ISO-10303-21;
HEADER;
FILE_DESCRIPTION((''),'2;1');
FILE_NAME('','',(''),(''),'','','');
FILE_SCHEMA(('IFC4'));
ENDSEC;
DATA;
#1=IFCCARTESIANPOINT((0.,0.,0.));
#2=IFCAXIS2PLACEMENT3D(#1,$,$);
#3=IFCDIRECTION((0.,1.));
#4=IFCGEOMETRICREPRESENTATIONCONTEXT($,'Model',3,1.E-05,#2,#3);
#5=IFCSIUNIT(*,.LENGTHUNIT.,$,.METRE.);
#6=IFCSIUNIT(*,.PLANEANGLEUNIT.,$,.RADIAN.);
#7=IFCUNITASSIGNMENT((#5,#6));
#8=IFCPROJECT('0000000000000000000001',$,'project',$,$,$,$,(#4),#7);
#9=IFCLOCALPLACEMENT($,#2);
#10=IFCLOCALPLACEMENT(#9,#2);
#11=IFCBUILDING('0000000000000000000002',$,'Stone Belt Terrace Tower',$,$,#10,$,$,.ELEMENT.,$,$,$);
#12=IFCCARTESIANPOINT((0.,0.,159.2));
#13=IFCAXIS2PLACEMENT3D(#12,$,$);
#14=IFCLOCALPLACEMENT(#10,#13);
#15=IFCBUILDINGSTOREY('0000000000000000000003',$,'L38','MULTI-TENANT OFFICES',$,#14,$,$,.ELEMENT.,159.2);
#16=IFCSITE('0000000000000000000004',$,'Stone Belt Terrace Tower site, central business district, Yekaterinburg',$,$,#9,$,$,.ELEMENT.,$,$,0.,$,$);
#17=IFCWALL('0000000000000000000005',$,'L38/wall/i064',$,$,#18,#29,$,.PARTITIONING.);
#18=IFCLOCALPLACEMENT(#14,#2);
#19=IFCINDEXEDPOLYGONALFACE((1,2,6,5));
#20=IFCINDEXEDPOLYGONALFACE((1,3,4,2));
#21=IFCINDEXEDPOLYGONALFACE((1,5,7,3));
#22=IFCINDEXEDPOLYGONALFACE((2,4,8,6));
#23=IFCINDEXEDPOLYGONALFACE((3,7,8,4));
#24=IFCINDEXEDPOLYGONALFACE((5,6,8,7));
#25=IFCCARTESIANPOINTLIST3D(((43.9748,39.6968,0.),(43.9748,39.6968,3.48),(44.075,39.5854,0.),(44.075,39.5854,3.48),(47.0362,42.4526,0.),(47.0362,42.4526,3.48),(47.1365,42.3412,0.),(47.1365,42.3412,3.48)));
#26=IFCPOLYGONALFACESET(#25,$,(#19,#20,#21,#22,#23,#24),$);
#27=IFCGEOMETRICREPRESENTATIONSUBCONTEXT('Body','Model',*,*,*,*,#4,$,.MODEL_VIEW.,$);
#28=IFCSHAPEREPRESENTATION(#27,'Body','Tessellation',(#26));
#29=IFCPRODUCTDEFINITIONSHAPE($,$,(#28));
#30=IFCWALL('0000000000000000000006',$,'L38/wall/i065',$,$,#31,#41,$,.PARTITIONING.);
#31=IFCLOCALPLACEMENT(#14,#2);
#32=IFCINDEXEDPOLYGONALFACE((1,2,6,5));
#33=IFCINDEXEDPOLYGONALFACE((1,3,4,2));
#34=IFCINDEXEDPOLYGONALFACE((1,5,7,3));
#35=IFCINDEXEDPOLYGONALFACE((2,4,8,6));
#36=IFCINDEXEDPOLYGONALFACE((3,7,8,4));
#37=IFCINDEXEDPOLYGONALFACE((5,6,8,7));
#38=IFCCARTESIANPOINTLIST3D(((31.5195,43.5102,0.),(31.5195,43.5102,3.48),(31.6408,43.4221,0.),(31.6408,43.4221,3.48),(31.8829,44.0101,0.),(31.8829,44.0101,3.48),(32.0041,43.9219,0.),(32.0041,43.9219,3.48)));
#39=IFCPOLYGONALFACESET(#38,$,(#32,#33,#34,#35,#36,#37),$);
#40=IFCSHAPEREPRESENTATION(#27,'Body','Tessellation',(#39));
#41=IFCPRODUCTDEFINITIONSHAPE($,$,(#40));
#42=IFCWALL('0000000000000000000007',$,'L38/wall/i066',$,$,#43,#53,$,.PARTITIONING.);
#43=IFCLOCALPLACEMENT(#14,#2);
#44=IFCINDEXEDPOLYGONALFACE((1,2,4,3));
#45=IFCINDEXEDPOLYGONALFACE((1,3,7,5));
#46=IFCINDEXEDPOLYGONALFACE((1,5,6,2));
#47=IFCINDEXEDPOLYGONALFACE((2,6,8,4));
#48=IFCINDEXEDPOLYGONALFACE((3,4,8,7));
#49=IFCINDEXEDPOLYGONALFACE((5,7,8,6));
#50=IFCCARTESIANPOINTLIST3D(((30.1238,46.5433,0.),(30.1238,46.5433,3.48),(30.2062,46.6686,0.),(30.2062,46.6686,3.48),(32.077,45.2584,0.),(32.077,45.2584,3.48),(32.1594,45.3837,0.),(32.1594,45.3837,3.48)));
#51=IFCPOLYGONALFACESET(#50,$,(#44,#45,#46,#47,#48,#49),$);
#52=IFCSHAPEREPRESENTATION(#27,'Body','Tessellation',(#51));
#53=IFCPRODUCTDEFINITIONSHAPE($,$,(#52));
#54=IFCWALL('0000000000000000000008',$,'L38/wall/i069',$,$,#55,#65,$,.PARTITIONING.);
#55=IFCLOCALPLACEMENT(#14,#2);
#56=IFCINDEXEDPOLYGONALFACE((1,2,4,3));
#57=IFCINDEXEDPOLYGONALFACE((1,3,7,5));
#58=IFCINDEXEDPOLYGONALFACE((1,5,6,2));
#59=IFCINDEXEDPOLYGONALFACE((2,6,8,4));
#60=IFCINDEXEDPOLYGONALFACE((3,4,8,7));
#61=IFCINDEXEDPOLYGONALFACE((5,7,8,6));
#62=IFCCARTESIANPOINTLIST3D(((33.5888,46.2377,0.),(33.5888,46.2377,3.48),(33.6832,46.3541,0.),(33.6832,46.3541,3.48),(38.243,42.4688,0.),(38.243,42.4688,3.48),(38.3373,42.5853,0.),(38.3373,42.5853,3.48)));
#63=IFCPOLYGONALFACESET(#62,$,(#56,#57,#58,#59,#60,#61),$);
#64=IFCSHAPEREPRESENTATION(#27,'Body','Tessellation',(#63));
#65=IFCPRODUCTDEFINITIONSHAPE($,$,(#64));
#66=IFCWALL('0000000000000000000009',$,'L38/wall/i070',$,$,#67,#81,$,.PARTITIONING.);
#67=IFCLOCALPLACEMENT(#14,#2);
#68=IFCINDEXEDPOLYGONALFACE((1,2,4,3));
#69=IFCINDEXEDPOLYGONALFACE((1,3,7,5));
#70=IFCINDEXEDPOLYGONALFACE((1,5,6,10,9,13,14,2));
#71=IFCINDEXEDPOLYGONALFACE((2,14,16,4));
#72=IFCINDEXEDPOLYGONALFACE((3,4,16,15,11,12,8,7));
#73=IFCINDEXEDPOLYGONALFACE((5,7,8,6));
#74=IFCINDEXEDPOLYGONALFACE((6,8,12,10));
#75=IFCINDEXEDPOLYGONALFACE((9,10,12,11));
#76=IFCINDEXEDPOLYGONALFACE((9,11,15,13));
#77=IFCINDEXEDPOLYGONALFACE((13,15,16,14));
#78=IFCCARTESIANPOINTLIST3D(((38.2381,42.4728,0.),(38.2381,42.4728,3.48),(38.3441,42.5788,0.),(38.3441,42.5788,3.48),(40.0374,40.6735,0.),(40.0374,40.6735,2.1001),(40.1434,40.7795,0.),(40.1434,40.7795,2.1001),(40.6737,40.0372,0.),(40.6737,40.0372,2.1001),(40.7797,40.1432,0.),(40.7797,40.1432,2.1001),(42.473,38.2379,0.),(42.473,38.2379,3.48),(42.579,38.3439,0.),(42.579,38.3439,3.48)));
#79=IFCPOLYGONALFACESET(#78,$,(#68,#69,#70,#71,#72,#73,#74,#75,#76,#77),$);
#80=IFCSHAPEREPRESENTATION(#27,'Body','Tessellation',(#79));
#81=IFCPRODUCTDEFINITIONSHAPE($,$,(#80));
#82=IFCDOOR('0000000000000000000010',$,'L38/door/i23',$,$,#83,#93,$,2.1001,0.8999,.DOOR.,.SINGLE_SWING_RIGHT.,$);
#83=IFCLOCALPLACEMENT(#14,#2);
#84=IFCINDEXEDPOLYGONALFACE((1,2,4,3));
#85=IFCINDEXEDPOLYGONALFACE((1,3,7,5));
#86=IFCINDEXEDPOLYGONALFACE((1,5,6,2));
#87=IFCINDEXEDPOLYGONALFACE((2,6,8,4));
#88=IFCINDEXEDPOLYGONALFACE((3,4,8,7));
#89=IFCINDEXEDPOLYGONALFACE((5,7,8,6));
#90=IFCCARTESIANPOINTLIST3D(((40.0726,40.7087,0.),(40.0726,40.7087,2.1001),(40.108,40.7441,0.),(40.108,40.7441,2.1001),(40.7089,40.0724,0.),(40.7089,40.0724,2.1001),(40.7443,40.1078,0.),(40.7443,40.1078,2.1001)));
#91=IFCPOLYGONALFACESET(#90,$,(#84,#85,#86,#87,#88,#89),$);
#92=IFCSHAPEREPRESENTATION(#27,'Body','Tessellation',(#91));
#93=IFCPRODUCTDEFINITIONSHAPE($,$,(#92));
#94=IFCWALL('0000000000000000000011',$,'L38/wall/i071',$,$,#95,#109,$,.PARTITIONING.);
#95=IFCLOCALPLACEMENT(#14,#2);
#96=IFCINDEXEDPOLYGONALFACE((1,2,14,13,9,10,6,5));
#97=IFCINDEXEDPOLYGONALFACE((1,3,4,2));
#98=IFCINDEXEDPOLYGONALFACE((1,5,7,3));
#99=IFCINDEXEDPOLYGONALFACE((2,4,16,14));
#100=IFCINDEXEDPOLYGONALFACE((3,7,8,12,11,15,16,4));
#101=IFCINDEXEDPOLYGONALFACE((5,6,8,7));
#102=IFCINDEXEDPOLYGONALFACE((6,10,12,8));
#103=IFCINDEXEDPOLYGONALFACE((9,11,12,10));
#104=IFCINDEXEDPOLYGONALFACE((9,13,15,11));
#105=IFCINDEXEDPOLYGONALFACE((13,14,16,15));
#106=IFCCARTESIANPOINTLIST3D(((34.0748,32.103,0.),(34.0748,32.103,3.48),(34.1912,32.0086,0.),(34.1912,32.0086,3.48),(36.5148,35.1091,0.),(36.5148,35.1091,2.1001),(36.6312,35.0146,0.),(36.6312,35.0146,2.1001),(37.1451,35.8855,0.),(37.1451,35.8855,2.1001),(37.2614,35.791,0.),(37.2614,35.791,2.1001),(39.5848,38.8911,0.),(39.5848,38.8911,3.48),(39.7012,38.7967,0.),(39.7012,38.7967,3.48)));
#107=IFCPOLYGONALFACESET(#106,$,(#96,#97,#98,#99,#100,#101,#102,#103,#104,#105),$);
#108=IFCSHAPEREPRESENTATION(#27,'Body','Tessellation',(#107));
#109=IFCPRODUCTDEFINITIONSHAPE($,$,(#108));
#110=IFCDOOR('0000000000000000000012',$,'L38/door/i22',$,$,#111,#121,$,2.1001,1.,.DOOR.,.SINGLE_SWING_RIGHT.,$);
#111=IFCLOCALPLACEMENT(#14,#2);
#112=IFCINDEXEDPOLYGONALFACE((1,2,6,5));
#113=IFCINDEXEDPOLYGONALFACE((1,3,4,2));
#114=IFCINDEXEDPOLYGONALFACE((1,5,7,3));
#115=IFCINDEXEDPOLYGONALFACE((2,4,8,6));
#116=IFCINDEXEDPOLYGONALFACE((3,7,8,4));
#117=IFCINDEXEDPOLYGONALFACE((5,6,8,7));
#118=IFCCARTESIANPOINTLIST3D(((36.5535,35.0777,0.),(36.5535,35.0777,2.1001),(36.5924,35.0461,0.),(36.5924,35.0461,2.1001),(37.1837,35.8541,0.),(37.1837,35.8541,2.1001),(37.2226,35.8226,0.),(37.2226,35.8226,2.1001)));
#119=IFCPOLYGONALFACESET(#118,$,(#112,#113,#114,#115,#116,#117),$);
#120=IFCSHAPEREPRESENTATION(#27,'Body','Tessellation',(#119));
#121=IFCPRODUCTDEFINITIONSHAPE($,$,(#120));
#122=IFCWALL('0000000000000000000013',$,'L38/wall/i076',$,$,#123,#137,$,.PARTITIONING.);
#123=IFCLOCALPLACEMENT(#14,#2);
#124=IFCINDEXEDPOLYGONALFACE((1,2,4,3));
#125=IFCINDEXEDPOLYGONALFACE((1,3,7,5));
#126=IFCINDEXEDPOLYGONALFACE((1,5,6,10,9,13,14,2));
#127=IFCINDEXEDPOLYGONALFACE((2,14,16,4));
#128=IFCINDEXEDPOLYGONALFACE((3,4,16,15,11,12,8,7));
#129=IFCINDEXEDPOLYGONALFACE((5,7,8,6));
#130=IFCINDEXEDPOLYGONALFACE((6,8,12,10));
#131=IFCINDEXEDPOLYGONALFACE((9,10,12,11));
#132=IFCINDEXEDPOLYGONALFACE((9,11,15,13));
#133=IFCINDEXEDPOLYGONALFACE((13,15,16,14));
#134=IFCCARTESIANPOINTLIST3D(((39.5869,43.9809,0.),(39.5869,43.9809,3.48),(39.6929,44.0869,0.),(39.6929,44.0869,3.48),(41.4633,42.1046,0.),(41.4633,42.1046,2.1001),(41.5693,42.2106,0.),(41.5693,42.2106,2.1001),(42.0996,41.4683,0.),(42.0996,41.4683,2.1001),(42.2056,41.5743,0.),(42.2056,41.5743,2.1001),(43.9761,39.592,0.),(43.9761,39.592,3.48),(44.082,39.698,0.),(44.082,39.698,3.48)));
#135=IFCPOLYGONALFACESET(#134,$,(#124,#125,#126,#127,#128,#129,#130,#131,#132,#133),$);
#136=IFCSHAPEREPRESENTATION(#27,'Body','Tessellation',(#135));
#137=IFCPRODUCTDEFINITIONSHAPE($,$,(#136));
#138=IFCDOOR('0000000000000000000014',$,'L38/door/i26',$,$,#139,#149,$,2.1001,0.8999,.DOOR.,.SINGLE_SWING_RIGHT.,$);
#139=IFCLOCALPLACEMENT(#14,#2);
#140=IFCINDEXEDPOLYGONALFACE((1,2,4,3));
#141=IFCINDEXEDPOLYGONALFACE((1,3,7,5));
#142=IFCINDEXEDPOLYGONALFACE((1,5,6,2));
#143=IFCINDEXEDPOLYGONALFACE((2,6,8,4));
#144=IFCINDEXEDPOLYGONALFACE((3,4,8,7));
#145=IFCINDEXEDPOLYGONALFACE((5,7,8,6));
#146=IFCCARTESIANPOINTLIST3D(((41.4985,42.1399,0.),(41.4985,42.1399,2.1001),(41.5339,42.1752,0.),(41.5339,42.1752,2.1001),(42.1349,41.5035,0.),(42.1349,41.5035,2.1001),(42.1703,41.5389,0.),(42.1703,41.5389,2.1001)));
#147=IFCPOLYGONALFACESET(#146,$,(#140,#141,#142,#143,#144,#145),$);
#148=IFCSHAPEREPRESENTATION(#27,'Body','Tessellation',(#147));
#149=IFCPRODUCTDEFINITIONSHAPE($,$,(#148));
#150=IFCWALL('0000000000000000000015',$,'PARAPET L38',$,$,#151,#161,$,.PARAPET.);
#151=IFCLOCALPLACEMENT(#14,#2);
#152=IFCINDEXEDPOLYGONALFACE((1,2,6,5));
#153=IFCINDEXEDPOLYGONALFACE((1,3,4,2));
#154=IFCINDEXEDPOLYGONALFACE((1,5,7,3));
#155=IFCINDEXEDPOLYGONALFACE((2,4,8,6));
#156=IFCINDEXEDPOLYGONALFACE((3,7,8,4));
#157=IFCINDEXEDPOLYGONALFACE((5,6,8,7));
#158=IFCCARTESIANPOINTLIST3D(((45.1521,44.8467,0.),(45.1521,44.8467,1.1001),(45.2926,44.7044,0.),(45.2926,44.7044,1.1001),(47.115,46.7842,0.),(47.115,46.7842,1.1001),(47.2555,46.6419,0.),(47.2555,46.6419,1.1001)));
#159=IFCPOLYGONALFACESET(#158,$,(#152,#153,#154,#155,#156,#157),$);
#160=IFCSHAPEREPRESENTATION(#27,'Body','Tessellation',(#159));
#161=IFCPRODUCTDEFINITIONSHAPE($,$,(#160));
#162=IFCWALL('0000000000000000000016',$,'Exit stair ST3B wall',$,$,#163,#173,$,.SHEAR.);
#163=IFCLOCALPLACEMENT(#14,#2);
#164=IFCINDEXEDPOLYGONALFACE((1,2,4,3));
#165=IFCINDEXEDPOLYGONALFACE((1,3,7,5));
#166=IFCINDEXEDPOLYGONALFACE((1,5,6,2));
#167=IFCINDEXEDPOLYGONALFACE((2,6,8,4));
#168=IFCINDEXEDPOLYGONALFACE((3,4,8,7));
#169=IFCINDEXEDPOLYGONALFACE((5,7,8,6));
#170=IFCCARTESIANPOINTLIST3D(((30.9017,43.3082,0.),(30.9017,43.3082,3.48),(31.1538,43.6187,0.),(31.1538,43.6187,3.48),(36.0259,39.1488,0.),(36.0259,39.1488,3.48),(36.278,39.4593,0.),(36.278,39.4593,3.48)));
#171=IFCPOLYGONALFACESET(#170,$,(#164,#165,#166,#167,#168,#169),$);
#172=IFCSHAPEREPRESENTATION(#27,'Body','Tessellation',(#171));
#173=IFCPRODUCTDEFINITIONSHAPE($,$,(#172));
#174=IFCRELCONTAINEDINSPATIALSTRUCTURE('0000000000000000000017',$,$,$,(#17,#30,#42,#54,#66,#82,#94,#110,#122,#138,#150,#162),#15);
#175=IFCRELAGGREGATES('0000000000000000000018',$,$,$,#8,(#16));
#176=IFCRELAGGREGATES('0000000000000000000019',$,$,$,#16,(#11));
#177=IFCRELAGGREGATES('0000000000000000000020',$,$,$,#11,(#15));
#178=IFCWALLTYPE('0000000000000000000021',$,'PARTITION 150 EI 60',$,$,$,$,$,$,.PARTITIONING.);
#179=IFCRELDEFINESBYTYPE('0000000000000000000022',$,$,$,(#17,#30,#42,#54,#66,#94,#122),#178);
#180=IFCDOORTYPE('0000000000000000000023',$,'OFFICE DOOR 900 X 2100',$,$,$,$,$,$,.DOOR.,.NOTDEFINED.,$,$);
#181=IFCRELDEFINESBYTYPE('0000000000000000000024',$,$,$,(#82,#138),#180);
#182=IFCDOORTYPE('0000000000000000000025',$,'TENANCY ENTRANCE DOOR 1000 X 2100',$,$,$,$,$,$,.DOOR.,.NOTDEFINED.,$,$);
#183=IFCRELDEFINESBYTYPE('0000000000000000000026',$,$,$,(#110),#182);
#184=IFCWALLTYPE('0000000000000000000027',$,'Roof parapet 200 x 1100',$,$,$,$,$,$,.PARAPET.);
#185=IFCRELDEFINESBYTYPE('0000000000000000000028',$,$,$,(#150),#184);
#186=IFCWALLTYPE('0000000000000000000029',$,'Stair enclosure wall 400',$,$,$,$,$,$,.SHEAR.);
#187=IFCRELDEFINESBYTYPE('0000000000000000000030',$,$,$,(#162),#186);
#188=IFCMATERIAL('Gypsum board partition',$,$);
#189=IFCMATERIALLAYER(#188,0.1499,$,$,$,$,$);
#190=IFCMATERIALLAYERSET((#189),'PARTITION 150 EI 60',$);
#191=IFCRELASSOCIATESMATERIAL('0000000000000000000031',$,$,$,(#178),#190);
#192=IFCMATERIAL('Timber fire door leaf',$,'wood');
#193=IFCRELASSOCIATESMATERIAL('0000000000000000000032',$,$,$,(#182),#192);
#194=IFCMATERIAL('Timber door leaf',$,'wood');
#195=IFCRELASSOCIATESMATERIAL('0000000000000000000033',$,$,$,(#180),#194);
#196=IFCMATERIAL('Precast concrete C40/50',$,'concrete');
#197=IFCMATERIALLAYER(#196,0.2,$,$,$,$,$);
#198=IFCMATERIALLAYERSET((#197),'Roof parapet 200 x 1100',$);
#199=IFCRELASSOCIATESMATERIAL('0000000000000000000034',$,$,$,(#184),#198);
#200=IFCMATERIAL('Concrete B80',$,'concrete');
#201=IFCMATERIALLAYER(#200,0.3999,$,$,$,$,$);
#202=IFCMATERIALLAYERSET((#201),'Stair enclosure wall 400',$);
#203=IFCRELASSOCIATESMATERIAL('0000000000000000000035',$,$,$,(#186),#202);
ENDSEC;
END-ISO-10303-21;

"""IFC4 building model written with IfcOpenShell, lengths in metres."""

from ifc_helpers import new_model, si_unit, direction, frame, frame_2d, origin, place, context, subcontext, project, spatial, rectangle, extrude, material, layer, layer_set, type_object, element, fill, save


model = new_model("IFC4")

# Units and contexts
model_context = context("Model", 3, precision=1e-05, world=origin(), true_north=direction((0.0, 1.0)))
body_context = subcontext(model_context, "Body", "Model", "MODEL_VIEW")
ifc_project = project(units=[si_unit("LENGTHUNIT", "METRE"), si_unit("PLANEANGLEUNIT", "RADIAN")], contexts=[model_context])

# Site, building, storey
site_placement = place(None, origin())
site = spatial("IfcSite", under=ifc_project, at=site_placement, Name="Stone Belt Terrace Tower site, central business district, Yekaterinburg", CompositionType="ELEMENT", RefElevation=0.0)
building_placement = place(site_placement, origin())
building = spatial("IfcBuilding", under=site, at=building_placement, Name="Stone Belt Terrace Tower", CompositionType="ELEMENT")
storey_placement = place(building_placement, frame((0.0, 0.0, 159.2)))
storey = spatial("IfcBuildingStorey", under=building, at=storey_placement, Name="L38", Description="MULTI-TENANT OFFICES", CompositionType="ELEMENT", Elevation=159.2)

# Shared definitions
ifc_material_1 = material(Name="Concrete B80", Category="concrete")

# Shared definitions
ifc_material_2 = material(Name="Gypsum board partition")
ifc_layer_1 = layer(ifc_material_2, 0.1499)
ifc_layer_set_1 = layer_set([ifc_layer_1], Name="PARTITION 150 EI 60")
wall_type_1 = type_object("IfcWallType", Name="PARTITION 150 EI 60", PredefinedType="PARTITIONING", material=ifc_layer_set_1)
ifc_material_3 = material(Name="Timber fire door leaf", Category="wood")
door_type_1 = type_object("IfcDoorType", Name="TENANCY ENTRANCE DOOR 1000 X 2100", OperationType="NOTDEFINED", PredefinedType="DOOR", material=ifc_material_3)

# Walls
wall_1_placement = place(storey_placement, frame((44.0249, 39.6411, 0.0), z_axis=(0.0, 0.0, 1.0), x_axis=(0.743235, 0.66903, 0.0)))
element("IfcWall", 1, at=wall_1_placement, inside=storey, type_object=wall_type_1, Name="L38/wall/i064", PredefinedType="PARTITIONING", context=body_context, shape_type="SweptSolid", body=[
    extrude(rectangle(XDim=4.1191, YDim=0.1499, at=frame_2d((2.0596, 0.0))), origin(), (0.0, 0.0, 1.0), 3.48),
])
wall_2_placement = place(storey_placement, frame((31.5801, 43.4661, 0.0), z_axis=(0.0, 0.0, 1.0), x_axis=(0.587984, 0.808873, 0.0)))
element("IfcWall", 2, at=wall_2_placement, inside=storey, type_object=wall_type_1, Name="L38/wall/i065", PredefinedType="PARTITIONING", context=body_context, shape_type="SweptSolid", body=[
    extrude(rectangle(XDim=0.6179, YDim=0.1499, at=frame_2d((0.3091, 0.0))), origin(), (0.0, 0.0, 1.0), 3.48),
])
wall_3_placement = place(storey_placement, frame((32.1182, 45.321, 0.0), z_axis=(0.0, 0.0, 1.0), x_axis=(-0.835425, 0.549605, 0.0)))
element("IfcWall", 3, at=wall_3_placement, inside=storey, type_object=wall_type_1, Name="L38/wall/i066", PredefinedType="PARTITIONING", context=body_context, shape_type="SweptSolid", body=[
    extrude(rectangle(XDim=2.3379, YDim=0.1499, at=frame_2d((1.1689, 0.0))), origin(), (0.0, 0.0, 1.0), 3.48),
])
wall_4_placement = place(storey_placement, frame((33.636, 46.2959, 0.0), z_axis=(0.0, 0.0, 1.0), x_axis=(0.777144, -0.629323, 0.0)))
element("IfcWall", 4, at=wall_4_placement, inside=storey, type_object=wall_type_1, Name="L38/wall/i069", PredefinedType="PARTITIONING", context=body_context, shape_type="SweptSolid", body=[
    extrude(rectangle(XDim=5.9888, YDim=0.1499, at=frame_2d((2.9944, 0.0))), origin(), (0.0, 0.0, 1.0), 3.48),
])

# Walls, openings, doors
wall_5_placement = place(storey_placement, frame((38.291, 42.5259, 0.0), z_axis=(0.0, 0.0, 1.0), x_axis=(0.707107, -0.707107, 0.0)))
wall_5 = element("IfcWall", 5, at=wall_5_placement, inside=storey, type_object=wall_type_1, Name="L38/wall/i070", PredefinedType="PARTITIONING", context=body_context, shape_type="SweptSolid", body=[
    extrude(rectangle(XDim=5.989, YDim=0.1499, at=frame_2d((2.9946, 0.0))), origin(), (0.0, 0.0, 1.0), 3.48),
])
opening_1_placement = place(wall_5_placement, frame((2.5447, 0.0, 0.0)))
opening_1 = element("IfcOpeningElement", 6, at=opening_1_placement, cuts=wall_5, PredefinedType="OPENING", context=body_context, shape_type="SweptSolid", body=[
    extrude(rectangle(XDim=0.8999, YDim=2.1001, at=frame_2d((0.45, 1.05))), frame((0.0, 0.085, 0.0), z_axis=(0.0, -1.0, 0.0), x_axis=(1.0, 0.0, 0.0)), (0.0, 0.0, 1.0), 0.1699),
])
ifc_material_4 = material(Name="Timber door leaf", Category="wood")
door_type_2 = type_object("IfcDoorType", Name="OFFICE DOOR 900 X 2100", OperationType="NOTDEFINED", PredefinedType="DOOR", material=ifc_material_4)
door_1_placement = place(opening_1_placement, origin())
door_1 = element("IfcDoor", 7, at=door_1_placement, inside=storey, type_object=door_type_2, Name="L38/door/i23", OperationType="SINGLE_SWING_RIGHT", OverallHeight=2.1001, OverallWidth=0.8999, PredefinedType="DOOR", context=body_context, shape_type="SweptSolid", body=[
    extrude(rectangle(XDim=0.8999, YDim=2.1001, at=frame_2d((0.45, 1.05))), frame((0.0, 0.0249, 0.0), z_axis=(0.0, -1.0, 0.0), x_axis=(1.0, 0.0, 0.0)), (0.0, 0.0, 1.0), 0.05),
])
fill(opening_1, door_1)
wall_6_placement = place(storey_placement, frame((39.6431, 38.844, 0.0), z_axis=(0.0, 0.0, 1.0), x_axis=(-0.630227, -0.776411, 0.0)))
wall_6 = element("IfcWall", 8, at=wall_6_placement, inside=storey, type_object=wall_type_1, Name="L38/wall/i071", PredefinedType="PARTITIONING", context=body_context, shape_type="SweptSolid", body=[
    extrude(rectangle(XDim=8.7429, YDim=0.1499, at=frame_2d((4.3716, 0.0))), origin(), (0.0, 0.0, 1.0), 3.48),
])
opening_2_placement = place(wall_6_placement, frame((3.8713, 0.0, 0.0)))
opening_2 = element("IfcOpeningElement", 9, at=opening_2_placement, cuts=wall_6, PredefinedType="OPENING", context=body_context, shape_type="SweptSolid", body=[
    extrude(rectangle(XDim=1.0, YDim=2.1001, at=frame_2d((0.5, 1.05))), frame((0.0, 0.085, 0.0), z_axis=(0.0, -1.0, 0.0), x_axis=(1.0, 0.0, 0.0)), (0.0, 0.0, 1.0), 0.1699),
])
door_2_placement = place(opening_2_placement, origin())
door_2 = element("IfcDoor", 10, at=door_2_placement, inside=storey, type_object=door_type_1, Name="L38/door/i22", OperationType="SINGLE_SWING_RIGHT", OverallHeight=2.1001, OverallWidth=1.0, PredefinedType="DOOR", context=body_context, shape_type="SweptSolid", body=[
    extrude(rectangle(XDim=1.0, YDim=2.1001, at=frame_2d((0.5, 1.05))), frame((0.0, 0.0249, 0.0), z_axis=(0.0, -1.0, 0.0), x_axis=(1.0, 0.0, 0.0)), (0.0, 0.0, 1.0), 0.05),
])
fill(opening_2, door_2)
wall_7_placement = place(storey_placement, frame((39.6399, 44.0339, 0.0), z_axis=(0.0, 0.0, 1.0), x_axis=(0.707126, -0.707087, 0.0)))
wall_7 = element("IfcWall", 11, at=wall_7_placement, inside=storey, type_object=wall_type_1, Name="L38/wall/i076", PredefinedType="PARTITIONING", context=body_context, shape_type="SweptSolid", body=[
    extrude(rectangle(XDim=6.207, YDim=0.1499, at=frame_2d((3.1035, 0.0))), origin(), (0.0, 0.0, 1.0), 3.48),
])
opening_3_placement = place(wall_7_placement, frame((2.6536, 0.0, 0.0)))
opening_3 = element("IfcOpeningElement", 12, at=opening_3_placement, cuts=wall_7, PredefinedType="OPENING", context=body_context, shape_type="SweptSolid", body=[
    extrude(rectangle(XDim=0.8999, YDim=2.1001, at=frame_2d((0.45, 1.05))), frame((0.0, 0.085, 0.0), z_axis=(0.0, -1.0, 0.0), x_axis=(1.0, 0.0, 0.0)), (0.0, 0.0, 1.0), 0.1699),
])
door_3_placement = place(opening_3_placement, origin())
door_3 = element("IfcDoor", 13, at=door_3_placement, inside=storey, type_object=door_type_2, Name="L38/door/i26", OperationType="SINGLE_SWING_RIGHT", OverallHeight=2.1001, OverallWidth=0.8999, PredefinedType="DOOR", context=body_context, shape_type="SweptSolid", body=[
    extrude(rectangle(XDim=0.8999, YDim=2.1001, at=frame_2d((0.45, 1.05))), frame((0.0, 0.0249, 0.0), z_axis=(0.0, -1.0, 0.0), x_axis=(1.0, 0.0, 0.0)), (0.0, 0.0, 1.0), 0.05),
])
fill(opening_3, door_3)

# Walls
ifc_material_5 = material(Name="Precast concrete C40/50", Category="concrete")
ifc_layer_2 = layer(ifc_material_5, 0.2)
ifc_layer_set_2 = layer_set([ifc_layer_2], Name="Roof parapet 200 x 1100")
wall_type_2 = type_object("IfcWallType", Name="Roof parapet 200 x 1100", PredefinedType="PARAPET", material=ifc_layer_set_2)
wall_8_placement = place(storey_placement, frame((45.2224, 44.7756, 0.0), z_axis=(0.0, 0.0, 1.0), x_axis=(0.711695, 0.702489, 0.0)))
element("IfcWall", 14, at=wall_8_placement, inside=storey, type_object=wall_type_2, Name="PARAPET L38", PredefinedType="PARAPET", context=body_context, shape_type="SweptSolid", body=[
    extrude(rectangle(XDim=2.7581, YDim=0.2, at=frame_2d((1.3789, 0.0))), origin(), (0.0, 0.0, 1.0), 1.1001),
])
ifc_layer_3 = layer(ifc_material_1, 0.3999)
ifc_layer_set_3 = layer_set([ifc_layer_3], Name="Stair enclosure wall 400")
wall_type_3 = type_object("IfcWallType", Name="Stair enclosure wall 400", PredefinedType="SHEAR", material=ifc_layer_set_3)
wall_9_placement = place(storey_placement, frame((31.0278, 43.4634, 0.0), z_axis=(0.0, 0.0, 1.0), x_axis=(0.776414, -0.630224, 0.0)))
element("IfcWall", 15, at=wall_9_placement, inside=storey, type_object=wall_type_3, Name="Exit stair ST3B wall", PredefinedType="SHEAR", context=body_context, shape_type="SweptSolid", body=[
    extrude(rectangle(XDim=6.5999, YDim=0.3999, at=frame_2d((3.2998, 0.0))), origin(), (0.0, 0.0, 1.0), 3.48),
])

save(model, "model.ifc")
